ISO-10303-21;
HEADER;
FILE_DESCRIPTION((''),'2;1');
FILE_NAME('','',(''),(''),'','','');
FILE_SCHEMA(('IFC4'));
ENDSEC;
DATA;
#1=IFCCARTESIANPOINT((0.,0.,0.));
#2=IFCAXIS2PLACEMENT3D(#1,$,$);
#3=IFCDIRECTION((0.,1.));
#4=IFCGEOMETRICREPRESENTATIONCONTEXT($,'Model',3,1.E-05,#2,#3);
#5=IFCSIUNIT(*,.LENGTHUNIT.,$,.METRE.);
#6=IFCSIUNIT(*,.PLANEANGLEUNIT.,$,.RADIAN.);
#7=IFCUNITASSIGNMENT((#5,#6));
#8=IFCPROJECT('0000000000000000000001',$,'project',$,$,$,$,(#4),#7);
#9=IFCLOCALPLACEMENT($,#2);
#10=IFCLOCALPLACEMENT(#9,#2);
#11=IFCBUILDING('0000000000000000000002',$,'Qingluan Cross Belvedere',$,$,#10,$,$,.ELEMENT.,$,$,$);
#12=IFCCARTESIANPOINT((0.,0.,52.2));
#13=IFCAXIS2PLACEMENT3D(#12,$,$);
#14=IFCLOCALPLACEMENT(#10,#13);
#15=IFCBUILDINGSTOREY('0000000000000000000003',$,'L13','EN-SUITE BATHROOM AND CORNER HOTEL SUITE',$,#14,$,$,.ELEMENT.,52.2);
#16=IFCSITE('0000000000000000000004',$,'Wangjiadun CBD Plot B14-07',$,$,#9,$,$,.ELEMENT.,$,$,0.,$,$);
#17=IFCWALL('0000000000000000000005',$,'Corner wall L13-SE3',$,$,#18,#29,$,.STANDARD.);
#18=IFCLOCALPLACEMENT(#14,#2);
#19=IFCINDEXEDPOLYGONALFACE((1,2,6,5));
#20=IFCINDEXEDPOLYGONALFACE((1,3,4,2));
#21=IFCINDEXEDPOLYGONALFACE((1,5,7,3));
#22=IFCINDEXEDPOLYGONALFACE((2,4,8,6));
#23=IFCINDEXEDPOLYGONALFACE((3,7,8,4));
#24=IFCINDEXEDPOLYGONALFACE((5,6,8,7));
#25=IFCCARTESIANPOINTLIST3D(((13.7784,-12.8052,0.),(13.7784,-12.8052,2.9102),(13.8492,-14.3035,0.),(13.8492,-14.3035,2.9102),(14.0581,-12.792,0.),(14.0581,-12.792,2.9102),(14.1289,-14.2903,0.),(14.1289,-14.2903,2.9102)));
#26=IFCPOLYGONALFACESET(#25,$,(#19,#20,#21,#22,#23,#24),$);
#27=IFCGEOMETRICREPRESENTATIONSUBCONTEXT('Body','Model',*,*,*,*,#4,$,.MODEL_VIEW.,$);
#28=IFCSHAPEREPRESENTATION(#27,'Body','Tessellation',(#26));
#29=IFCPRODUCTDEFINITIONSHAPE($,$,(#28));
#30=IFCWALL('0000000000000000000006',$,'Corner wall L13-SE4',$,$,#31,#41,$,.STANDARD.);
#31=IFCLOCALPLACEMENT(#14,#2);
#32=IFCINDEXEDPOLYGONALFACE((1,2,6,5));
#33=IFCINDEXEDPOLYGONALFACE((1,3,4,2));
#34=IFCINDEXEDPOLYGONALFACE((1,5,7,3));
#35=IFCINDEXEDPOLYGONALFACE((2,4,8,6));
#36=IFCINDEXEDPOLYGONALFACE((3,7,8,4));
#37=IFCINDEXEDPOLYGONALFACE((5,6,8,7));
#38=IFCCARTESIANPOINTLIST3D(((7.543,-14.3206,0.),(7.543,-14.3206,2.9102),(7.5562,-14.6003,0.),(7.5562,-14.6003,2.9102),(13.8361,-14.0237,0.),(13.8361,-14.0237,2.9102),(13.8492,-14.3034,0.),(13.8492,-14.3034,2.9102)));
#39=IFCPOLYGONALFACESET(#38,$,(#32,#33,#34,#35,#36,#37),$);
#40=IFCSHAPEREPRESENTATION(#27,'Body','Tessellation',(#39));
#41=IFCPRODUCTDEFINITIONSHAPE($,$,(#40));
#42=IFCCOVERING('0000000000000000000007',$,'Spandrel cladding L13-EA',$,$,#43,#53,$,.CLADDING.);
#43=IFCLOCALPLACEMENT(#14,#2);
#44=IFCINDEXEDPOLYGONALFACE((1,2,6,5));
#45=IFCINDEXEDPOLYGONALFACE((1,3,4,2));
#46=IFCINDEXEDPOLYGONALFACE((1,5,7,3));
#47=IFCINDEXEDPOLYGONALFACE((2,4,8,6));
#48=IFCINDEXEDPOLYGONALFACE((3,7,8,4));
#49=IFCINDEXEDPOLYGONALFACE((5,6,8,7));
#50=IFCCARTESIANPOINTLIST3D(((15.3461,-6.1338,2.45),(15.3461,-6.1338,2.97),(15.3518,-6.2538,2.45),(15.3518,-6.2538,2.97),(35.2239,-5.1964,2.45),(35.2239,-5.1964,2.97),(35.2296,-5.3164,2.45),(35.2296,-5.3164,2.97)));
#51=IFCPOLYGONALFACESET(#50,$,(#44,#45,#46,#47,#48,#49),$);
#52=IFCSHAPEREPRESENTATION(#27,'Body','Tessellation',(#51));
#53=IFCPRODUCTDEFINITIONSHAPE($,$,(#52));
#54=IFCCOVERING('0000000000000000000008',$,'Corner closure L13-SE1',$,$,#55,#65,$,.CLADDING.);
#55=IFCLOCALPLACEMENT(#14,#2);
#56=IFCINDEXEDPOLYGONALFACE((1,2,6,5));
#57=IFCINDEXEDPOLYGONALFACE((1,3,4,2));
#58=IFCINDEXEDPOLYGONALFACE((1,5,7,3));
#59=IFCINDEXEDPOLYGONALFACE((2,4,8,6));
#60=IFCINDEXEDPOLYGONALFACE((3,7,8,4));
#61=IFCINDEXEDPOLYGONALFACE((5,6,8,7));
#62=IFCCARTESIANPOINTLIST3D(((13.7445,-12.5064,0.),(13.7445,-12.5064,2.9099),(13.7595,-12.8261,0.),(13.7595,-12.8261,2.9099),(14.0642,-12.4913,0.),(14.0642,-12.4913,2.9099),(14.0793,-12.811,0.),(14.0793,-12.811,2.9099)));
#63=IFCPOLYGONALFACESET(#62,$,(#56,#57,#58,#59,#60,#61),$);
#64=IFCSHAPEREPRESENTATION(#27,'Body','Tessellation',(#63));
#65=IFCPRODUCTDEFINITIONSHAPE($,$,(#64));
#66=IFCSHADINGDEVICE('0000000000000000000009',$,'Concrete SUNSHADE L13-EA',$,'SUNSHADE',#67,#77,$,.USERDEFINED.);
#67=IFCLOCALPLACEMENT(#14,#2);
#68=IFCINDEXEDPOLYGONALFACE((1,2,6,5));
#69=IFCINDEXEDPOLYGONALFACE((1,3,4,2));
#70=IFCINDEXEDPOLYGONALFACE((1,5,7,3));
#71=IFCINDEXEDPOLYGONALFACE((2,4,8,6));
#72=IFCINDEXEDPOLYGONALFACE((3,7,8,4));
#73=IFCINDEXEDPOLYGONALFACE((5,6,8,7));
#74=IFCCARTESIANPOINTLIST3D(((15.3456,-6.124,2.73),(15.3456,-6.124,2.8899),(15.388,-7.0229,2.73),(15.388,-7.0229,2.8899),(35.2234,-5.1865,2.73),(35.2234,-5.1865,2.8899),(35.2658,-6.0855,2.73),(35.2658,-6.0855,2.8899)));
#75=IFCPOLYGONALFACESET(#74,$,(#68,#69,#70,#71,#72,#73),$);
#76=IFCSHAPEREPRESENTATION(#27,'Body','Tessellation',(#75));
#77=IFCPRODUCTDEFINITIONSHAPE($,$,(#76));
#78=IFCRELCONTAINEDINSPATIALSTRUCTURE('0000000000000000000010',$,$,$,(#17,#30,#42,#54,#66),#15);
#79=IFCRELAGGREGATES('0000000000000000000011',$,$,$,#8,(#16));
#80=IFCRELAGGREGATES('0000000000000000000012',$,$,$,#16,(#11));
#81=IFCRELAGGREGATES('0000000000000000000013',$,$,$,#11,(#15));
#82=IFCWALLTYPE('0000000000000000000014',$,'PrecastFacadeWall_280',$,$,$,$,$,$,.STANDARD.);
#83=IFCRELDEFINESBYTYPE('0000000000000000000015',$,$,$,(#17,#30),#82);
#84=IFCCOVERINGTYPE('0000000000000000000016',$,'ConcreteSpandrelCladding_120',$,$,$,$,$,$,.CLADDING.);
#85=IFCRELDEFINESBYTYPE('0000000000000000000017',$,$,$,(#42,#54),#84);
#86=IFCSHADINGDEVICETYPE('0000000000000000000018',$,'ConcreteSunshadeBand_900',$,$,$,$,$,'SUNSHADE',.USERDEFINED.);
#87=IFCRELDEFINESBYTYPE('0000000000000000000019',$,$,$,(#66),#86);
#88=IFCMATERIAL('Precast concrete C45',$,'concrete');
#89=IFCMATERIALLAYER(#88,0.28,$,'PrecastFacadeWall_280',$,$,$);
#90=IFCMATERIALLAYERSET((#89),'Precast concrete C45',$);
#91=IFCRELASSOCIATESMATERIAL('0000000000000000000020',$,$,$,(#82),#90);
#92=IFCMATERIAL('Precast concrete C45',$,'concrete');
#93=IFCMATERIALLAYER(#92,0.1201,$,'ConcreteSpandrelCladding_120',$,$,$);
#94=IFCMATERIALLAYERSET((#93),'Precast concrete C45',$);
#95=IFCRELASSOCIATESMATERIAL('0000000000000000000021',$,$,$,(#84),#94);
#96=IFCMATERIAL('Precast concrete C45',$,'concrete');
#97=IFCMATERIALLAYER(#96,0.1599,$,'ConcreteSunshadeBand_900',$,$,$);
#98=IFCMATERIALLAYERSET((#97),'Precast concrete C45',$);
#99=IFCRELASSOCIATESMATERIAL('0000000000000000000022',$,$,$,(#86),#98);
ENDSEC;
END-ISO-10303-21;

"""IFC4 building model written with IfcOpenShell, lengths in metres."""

from ifc_helpers import new_model, si_unit, direction, frame, frame_2d, origin, origin_2d, place, context, subcontext, project, spatial, rectangle, extrude, material, layer, layer_set, type_object, element, save


model = new_model("IFC4")

# Units and contexts
model_context = context("Model", 3, precision=1e-05, world=origin(), true_north=direction((0.0, 1.0)))
body_context = subcontext(model_context, "Body", "Model", "MODEL_VIEW")
ifc_project = project(units=[si_unit("LENGTHUNIT", "METRE"), si_unit("PLANEANGLEUNIT", "RADIAN")], contexts=[model_context])

# Site, building, storey
site_placement = place(None, origin())
site = spatial("IfcSite", under=ifc_project, at=site_placement, Name="Wangjiadun CBD Plot B14-07", CompositionType="ELEMENT", RefElevation=0.0)
building_placement = place(site_placement, origin())
building = spatial("IfcBuilding", under=site, at=building_placement, Name="Qingluan Cross Belvedere", CompositionType="ELEMENT")
storey_placement = place(building_placement, frame((0.0, 0.0, 52.2)))
storey = spatial("IfcBuildingStorey", under=building, at=storey_placement, Name="L13", Description="EN-SUITE BATHROOM AND CORNER HOTEL SUITE", CompositionType="ELEMENT", Elevation=52.2)

# Shared definitions
ifc_material_1 = material(Name="Precast concrete C45", Category="concrete")
ifc_layer_1 = layer(ifc_material_1, 0.28, Name="PrecastFacadeWall_280")
ifc_layer_set_1 = layer_set([ifc_layer_1], Name="Precast concrete C45")
wall_type_1 = type_object("IfcWallType", Name="PrecastFacadeWall_280", PredefinedType="STANDARD", material=ifc_layer_set_1)

# Walls
wall_1_placement = place(storey_placement, frame((13.9182, -12.7986, 0.0), z_axis=(0.0, 0.0, 1.0), x_axis=(0.047202, -0.998885, 0.0)))
element("IfcWall", 1, at=wall_1_placement, inside=storey, type_object=wall_type_1, Name="Corner wall L13-SE3", PredefinedType="STANDARD", context=body_context, shape_type="SweptSolid", body=[
    extrude(rectangle(XDim=1.5, YDim=0.28, at=frame_2d((0.75, 0.0))), origin(), (0.0, 0.0, 1.0), 2.9102),
])
wall_2_placement = place(storey_placement, frame((13.8425, -14.1636, 0.0), z_axis=(0.0, 0.0, 1.0), x_axis=(-0.998889, -0.047123, 0.0)))
element("IfcWall", 2, at=wall_2_placement, inside=storey, type_object=wall_type_1, Name="Corner wall L13-SE4", PredefinedType="STANDARD", context=body_context, shape_type="SweptSolid", body=[
    extrude(rectangle(XDim=6.3, YDim=0.28, at=frame_2d((3.1499, 0.0))), origin(), (0.0, 0.0, 1.0), 2.9102),
])

# Coverings
ifc_material_2 = material(Name="Precast concrete C45", Category="concrete")
ifc_layer_2 = layer(ifc_material_2, 0.1201, Name="ConcreteSpandrelCladding_120")
ifc_layer_set_2 = layer_set([ifc_layer_2], Name="Precast concrete C45")
covering_type = type_object("IfcCoveringType", Name="ConcreteSpandrelCladding_120", PredefinedType="CLADDING", material=ifc_layer_set_2)
covering_1_placement = place(storey_placement, frame((25.2878, -5.7251, 2.45), z_axis=(0.0, 0.0, 1.0), x_axis=(0.99889, 0.047109, 0.0)))
element("IfcCovering", 3, at=covering_1_placement, inside=storey, type_object=covering_type, Name="Spandrel cladding L13-EA", PredefinedType="CLADDING", context=body_context, shape_type="SweptSolid", body=[
    extrude(rectangle(XDim=19.8999, YDim=0.1201, at=origin_2d()), origin(), (0.0, 0.0, 1.0), 0.52),
])
covering_2_placement = place(storey_placement, frame((13.9119, -12.6587, 0.0), z_axis=(0.0, 0.0, 1.0), x_axis=(0.99889, 0.047106, 0.0)))
element("IfcCovering", 4, at=covering_2_placement, inside=storey, type_object=covering_type, Name="Corner closure L13-SE1", PredefinedType="CLADDING", context=body_context, shape_type="SweptSolid", body=[
    extrude(rectangle(XDim=0.3201, YDim=0.3201, at=origin_2d()), origin(), (0.0, 0.0, 1.0), 2.9099),
])

# Shading device
ifc_material_3 = material(Name="Precast concrete C45", Category="concrete")
ifc_layer_3 = layer(ifc_material_3, 0.1599, Name="ConcreteSunshadeBand_900")
ifc_layer_set_3 = layer_set([ifc_layer_3], Name="Precast concrete C45")
shading_device_type = type_object("IfcShadingDeviceType", Name="ConcreteSunshadeBand_900", ElementType="SUNSHADE", PredefinedType="USERDEFINED", material=ifc_layer_set_3)
shading_device_placement = place(storey_placement, frame((25.3057, -6.1047, 2.73), z_axis=(0.0, 0.0, 1.0), x_axis=(0.99889, 0.047109, 0.0)))
element("IfcShadingDevice", 5, at=shading_device_placement, inside=storey, type_object=shading_device_type, Name="Concrete SUNSHADE L13-EA", ObjectType="SUNSHADE", PredefinedType="USERDEFINED", context=body_context, shape_type="SweptSolid", body=[
    extrude(rectangle(XDim=19.8999, YDim=0.8999, at=origin_2d()), origin(), (0.0, 0.0, 1.0), 0.1599),
])

save(model, "model.ifc")
